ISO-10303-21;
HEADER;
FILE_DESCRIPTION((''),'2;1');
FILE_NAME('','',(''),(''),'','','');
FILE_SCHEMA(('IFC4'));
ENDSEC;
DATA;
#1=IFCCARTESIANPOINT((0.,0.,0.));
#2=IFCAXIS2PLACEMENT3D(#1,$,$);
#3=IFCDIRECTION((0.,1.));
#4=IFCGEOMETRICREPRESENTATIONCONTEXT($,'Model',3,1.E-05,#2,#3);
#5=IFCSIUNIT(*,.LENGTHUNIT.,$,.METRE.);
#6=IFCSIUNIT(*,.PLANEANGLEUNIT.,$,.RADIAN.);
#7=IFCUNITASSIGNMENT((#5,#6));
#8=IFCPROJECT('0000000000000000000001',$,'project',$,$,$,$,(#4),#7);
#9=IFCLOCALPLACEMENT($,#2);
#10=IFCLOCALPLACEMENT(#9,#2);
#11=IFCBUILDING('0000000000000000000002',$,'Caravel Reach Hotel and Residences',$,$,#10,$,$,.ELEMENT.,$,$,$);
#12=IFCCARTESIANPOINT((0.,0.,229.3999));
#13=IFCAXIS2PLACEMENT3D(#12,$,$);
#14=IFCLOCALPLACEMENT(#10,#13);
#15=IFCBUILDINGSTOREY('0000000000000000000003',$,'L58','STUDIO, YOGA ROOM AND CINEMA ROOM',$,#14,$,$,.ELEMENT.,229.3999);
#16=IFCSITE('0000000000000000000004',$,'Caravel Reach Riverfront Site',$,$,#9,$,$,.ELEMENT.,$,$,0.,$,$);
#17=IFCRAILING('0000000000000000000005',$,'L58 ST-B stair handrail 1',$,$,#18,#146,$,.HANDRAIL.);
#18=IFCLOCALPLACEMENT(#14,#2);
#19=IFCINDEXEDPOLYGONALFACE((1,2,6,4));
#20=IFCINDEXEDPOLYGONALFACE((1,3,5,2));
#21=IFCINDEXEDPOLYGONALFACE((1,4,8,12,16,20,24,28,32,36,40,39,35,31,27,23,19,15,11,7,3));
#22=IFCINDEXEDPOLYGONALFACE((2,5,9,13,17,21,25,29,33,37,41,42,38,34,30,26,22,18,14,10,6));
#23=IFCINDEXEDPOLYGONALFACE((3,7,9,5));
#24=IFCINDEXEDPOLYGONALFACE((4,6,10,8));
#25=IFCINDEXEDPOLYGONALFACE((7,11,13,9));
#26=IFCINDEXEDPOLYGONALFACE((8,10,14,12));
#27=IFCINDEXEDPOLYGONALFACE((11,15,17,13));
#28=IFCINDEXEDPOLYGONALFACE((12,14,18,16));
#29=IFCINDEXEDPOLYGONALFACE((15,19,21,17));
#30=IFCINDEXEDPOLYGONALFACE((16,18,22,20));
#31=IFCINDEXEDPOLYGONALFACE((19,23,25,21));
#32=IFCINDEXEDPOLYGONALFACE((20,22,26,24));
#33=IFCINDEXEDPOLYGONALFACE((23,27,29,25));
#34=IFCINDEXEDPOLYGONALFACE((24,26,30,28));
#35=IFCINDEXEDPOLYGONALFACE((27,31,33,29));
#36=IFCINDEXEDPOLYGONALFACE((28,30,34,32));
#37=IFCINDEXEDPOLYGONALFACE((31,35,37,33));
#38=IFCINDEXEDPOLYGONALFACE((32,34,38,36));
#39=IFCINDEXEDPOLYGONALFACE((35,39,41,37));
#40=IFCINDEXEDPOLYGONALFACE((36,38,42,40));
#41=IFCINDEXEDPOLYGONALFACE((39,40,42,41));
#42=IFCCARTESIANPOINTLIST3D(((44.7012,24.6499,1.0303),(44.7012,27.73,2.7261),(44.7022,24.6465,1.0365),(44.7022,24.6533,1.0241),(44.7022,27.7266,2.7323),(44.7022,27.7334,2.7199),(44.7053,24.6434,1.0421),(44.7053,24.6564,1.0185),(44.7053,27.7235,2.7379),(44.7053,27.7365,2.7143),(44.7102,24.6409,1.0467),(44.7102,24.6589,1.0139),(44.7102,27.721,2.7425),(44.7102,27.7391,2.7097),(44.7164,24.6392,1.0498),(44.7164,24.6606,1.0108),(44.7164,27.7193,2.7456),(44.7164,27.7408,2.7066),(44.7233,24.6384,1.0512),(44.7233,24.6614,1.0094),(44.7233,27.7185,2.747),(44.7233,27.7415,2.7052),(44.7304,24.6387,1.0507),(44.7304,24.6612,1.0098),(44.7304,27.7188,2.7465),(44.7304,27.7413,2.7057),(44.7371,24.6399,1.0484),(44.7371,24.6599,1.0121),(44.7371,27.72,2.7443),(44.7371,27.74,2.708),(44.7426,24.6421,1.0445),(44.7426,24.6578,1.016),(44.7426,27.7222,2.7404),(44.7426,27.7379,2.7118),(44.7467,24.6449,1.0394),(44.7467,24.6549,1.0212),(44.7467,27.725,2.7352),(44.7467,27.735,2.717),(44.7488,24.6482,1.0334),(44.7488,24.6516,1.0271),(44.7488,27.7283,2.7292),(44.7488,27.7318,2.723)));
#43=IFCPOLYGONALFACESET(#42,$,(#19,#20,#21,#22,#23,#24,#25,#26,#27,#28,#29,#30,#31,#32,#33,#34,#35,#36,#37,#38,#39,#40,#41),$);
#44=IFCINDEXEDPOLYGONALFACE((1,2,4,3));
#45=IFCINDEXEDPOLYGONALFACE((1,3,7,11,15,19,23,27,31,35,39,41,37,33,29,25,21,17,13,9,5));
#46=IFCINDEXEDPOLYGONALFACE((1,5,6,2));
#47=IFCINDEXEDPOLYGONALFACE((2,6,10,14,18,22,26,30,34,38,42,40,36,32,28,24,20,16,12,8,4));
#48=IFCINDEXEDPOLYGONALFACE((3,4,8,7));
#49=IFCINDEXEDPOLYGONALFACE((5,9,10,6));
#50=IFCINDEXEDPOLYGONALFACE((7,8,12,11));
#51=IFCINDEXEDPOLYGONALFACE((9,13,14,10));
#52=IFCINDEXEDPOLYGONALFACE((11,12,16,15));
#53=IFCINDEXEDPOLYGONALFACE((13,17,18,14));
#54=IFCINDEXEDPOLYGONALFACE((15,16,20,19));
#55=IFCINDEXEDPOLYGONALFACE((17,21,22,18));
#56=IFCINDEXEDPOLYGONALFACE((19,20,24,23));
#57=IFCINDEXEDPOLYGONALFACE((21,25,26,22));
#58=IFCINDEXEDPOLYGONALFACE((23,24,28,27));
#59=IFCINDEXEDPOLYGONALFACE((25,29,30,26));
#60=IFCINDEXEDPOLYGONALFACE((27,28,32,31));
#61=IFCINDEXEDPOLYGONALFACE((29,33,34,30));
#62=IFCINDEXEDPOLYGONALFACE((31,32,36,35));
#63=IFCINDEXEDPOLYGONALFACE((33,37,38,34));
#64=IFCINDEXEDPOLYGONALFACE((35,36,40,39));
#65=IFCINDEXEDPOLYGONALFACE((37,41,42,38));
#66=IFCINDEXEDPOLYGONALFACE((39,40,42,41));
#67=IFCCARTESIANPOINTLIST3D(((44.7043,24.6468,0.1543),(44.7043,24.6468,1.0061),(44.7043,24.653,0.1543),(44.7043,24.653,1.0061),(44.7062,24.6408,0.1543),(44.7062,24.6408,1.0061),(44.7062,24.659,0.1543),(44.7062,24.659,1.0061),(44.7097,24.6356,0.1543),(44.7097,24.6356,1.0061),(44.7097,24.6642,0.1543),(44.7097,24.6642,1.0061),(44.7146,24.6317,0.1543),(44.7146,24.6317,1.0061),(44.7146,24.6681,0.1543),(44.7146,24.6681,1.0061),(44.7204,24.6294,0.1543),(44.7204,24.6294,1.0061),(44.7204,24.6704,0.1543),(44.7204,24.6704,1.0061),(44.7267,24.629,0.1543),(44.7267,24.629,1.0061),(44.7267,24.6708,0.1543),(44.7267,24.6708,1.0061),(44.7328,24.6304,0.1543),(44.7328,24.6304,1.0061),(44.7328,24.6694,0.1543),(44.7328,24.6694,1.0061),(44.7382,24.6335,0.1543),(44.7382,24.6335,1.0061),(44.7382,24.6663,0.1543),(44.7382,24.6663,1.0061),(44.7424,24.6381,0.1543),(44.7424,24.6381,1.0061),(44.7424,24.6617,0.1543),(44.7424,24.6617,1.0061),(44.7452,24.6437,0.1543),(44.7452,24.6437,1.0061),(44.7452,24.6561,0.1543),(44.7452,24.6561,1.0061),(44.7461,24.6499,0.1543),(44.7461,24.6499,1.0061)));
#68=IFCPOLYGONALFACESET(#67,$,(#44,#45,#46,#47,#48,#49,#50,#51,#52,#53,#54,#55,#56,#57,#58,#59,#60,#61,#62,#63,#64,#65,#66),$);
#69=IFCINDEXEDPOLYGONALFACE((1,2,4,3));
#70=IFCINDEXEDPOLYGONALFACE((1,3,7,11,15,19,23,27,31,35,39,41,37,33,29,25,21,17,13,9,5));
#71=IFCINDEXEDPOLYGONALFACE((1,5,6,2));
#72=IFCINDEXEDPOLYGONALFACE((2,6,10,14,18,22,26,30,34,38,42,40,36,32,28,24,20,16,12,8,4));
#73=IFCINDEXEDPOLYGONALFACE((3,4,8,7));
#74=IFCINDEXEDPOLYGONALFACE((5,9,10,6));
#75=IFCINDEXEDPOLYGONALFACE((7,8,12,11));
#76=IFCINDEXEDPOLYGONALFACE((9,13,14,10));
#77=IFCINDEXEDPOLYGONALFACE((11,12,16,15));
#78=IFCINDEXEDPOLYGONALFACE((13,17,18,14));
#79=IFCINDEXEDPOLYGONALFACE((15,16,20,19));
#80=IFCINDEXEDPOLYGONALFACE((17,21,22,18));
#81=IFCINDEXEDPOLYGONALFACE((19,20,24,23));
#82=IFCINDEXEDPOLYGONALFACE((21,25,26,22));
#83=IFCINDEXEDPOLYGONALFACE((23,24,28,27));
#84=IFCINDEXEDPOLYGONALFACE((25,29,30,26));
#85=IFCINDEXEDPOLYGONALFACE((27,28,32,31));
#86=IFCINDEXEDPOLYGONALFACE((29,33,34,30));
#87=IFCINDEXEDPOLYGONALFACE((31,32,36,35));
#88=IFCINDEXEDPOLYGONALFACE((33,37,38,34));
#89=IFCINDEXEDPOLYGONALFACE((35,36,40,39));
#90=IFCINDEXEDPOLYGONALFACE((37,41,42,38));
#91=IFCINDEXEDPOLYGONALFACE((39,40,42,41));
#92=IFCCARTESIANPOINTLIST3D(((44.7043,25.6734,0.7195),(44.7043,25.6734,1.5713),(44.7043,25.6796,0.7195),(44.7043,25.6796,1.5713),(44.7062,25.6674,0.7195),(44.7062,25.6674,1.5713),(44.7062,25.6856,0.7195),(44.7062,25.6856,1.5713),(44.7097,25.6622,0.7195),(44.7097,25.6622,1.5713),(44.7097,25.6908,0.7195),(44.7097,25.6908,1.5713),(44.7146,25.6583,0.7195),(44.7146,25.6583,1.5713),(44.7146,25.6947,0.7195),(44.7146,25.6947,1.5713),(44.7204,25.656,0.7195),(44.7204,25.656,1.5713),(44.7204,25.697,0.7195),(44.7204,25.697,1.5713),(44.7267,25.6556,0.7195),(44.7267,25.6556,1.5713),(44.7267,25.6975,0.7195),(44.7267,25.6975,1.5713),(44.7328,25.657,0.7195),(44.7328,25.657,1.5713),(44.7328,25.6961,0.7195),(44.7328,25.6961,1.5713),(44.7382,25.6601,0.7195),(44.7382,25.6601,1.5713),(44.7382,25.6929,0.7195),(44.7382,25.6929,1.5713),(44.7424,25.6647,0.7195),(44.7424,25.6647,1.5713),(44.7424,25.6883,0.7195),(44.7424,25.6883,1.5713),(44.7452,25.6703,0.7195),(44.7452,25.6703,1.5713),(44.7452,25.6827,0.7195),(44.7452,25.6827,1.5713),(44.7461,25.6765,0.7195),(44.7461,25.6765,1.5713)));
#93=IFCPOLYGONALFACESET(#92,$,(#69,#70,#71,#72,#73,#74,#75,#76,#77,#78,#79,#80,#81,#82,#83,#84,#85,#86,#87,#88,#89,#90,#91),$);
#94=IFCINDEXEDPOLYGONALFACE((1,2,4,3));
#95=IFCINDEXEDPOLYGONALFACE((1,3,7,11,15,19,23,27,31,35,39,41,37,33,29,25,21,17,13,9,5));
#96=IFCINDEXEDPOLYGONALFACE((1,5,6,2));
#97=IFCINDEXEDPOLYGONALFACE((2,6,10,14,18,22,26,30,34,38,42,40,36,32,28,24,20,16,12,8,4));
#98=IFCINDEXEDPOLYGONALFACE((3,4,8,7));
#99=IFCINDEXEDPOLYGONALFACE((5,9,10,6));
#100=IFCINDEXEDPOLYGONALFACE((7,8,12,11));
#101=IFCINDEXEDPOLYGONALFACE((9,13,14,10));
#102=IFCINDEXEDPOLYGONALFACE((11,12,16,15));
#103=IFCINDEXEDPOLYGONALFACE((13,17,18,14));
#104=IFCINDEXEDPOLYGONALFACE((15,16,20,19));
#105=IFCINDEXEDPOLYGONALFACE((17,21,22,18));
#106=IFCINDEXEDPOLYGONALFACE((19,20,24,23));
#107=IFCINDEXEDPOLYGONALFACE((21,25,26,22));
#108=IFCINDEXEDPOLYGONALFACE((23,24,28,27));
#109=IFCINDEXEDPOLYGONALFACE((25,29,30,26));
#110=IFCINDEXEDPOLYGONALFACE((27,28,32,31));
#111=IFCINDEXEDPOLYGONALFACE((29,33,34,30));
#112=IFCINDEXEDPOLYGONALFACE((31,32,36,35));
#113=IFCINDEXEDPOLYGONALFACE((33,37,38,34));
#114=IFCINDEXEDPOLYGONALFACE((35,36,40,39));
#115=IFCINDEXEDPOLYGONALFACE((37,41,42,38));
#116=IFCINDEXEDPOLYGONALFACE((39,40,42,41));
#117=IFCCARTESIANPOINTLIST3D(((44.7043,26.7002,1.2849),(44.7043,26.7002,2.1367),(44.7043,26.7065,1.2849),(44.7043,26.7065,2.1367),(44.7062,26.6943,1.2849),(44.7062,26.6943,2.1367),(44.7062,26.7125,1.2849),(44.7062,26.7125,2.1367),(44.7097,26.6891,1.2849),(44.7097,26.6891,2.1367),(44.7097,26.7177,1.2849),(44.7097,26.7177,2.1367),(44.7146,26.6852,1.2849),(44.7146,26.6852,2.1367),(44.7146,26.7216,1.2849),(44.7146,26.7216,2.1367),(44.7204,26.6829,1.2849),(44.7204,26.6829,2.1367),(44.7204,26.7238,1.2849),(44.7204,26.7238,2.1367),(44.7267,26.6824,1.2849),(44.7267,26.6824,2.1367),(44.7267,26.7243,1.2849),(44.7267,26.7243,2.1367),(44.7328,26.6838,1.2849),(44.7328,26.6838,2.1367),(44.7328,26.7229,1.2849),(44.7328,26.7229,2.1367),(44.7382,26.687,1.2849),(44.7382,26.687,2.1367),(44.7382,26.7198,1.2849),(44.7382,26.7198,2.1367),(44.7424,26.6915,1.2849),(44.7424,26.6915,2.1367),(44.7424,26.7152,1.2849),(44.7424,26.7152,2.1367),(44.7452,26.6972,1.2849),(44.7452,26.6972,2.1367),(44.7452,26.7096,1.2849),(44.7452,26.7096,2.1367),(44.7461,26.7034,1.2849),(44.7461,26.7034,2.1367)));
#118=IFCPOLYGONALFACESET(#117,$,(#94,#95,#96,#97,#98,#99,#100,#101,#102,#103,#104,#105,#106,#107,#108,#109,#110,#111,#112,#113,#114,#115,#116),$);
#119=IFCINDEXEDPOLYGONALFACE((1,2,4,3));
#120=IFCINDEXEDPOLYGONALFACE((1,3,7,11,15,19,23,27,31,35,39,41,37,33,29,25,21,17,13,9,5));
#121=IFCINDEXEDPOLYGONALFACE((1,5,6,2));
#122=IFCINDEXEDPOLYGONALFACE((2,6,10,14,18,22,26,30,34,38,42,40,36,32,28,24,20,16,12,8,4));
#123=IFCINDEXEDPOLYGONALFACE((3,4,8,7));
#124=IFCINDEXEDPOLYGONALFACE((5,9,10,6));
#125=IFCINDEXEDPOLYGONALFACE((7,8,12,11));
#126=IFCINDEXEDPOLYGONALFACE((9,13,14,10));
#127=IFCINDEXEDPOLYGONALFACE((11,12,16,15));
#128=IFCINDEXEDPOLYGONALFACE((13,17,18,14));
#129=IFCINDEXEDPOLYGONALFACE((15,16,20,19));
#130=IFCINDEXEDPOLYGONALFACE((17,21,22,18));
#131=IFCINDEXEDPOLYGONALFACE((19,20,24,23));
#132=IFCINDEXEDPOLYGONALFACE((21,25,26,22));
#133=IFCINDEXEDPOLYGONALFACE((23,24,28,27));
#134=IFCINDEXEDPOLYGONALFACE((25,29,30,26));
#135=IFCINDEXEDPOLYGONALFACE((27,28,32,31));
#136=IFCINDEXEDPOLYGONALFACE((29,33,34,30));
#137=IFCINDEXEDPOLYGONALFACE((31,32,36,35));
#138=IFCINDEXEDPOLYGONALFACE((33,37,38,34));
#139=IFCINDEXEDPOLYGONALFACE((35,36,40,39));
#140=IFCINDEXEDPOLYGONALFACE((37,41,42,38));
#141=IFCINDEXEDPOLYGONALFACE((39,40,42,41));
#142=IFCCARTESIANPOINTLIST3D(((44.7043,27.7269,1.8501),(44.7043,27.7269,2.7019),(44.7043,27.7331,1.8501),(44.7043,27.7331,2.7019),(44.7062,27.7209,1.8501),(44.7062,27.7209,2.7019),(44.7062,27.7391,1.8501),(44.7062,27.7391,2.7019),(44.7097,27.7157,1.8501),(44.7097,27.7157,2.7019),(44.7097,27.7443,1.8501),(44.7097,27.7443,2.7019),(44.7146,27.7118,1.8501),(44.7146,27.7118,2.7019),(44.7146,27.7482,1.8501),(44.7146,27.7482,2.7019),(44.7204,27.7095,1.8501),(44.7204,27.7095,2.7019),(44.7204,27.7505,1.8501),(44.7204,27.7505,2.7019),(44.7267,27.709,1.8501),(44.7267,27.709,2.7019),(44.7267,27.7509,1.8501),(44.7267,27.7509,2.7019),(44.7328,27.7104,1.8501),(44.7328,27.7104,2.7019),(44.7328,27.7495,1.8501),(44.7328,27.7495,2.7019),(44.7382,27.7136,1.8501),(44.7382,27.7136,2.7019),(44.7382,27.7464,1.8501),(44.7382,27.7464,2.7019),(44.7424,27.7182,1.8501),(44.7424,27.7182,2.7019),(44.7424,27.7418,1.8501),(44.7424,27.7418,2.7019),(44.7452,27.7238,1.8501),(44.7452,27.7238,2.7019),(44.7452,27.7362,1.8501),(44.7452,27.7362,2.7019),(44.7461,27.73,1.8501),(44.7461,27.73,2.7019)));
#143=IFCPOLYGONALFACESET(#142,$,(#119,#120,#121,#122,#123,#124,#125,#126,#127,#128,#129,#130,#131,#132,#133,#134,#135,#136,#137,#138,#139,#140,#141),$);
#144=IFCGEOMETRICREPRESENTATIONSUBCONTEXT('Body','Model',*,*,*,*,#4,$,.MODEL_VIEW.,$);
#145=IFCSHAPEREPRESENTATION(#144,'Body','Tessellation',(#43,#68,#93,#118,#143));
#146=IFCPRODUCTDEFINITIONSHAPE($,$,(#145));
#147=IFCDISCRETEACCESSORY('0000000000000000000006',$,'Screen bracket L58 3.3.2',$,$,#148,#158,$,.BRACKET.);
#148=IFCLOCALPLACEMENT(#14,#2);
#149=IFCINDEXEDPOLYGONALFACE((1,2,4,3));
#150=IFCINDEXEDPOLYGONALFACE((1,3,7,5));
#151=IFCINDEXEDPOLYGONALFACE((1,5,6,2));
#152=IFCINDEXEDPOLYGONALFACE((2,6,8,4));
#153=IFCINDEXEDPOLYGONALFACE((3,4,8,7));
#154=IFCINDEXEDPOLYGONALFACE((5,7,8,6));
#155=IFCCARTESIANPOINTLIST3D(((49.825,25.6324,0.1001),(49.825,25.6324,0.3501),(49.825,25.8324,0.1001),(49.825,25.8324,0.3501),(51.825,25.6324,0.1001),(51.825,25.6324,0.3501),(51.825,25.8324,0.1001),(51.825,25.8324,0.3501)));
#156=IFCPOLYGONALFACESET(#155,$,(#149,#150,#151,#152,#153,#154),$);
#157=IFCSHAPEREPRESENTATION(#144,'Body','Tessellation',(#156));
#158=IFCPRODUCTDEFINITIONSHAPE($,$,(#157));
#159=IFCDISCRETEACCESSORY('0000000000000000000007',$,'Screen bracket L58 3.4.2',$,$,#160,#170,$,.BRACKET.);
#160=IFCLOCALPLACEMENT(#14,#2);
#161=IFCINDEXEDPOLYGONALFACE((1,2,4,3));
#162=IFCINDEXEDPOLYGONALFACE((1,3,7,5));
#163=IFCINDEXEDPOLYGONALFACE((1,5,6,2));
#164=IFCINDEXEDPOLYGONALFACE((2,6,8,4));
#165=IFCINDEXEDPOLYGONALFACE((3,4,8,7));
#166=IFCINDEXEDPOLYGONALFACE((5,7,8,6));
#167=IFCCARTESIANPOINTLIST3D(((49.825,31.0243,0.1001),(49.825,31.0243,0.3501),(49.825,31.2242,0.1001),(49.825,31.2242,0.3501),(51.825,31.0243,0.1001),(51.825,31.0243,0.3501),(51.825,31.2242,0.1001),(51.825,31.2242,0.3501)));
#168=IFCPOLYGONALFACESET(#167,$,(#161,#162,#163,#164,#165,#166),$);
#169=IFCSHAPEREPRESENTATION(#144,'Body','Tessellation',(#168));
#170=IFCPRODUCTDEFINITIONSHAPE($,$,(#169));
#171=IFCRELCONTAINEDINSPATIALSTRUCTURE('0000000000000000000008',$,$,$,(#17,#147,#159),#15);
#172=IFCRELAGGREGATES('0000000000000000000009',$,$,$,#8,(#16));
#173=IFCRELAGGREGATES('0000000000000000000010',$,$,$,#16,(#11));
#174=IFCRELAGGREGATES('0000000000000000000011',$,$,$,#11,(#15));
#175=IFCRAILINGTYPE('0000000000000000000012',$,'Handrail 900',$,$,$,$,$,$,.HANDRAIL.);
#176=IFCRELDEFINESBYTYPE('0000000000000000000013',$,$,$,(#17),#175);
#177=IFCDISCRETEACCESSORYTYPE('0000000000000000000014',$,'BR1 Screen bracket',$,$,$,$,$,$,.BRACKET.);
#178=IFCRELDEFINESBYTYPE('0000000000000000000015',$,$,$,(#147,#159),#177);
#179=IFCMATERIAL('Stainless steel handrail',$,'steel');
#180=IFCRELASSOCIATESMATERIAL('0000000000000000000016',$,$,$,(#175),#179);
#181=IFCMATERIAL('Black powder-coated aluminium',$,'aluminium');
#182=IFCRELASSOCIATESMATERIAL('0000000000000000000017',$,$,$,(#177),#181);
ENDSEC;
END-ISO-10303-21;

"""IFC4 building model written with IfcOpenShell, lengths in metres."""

from ifc_helpers import new_model, si_unit, direction, frame, origin, origin_2d, place, context, subcontext, project, spatial, rectangle, circle, extrude, material, type_object, element, save


model = new_model("IFC4")

# Units and contexts
model_context = context("Model", 3, precision=1e-05, world=origin(), true_north=direction((0.0, 1.0)))
body_context = subcontext(model_context, "Body", "Model", "MODEL_VIEW")
ifc_project = project(units=[si_unit("LENGTHUNIT", "METRE"), si_unit("PLANEANGLEUNIT", "RADIAN")], contexts=[model_context])

# Site, building, storey
site_placement = place(None, origin())
site = spatial("IfcSite", under=ifc_project, at=site_placement, Name="Caravel Reach Riverfront Site", CompositionType="ELEMENT", RefElevation=0.0)
building_placement = place(site_placement, origin())
building = spatial("IfcBuilding", under=site, at=building_placement, Name="Caravel Reach Hotel and Residences", CompositionType="ELEMENT")
storey_placement = place(building_placement, frame((0.0, 0.0, 229.3999)))
storey = spatial("IfcBuildingStorey", under=building, at=storey_placement, Name="L58", Description="STUDIO, YOGA ROOM AND CINEMA ROOM", CompositionType="ELEMENT", Elevation=229.3999)

# Railing
ifc_material_1 = material(Name="Stainless steel handrail", Category="steel")
railing_type_1 = type_object("IfcRailingType", Name="Handrail 900", PredefinedType="HANDRAIL", material=ifc_material_1)
railing_1_placement = place(storey_placement, frame((44.7251, 24.6499, 0.1543)))
element("IfcRailing", 1, at=railing_1_placement, inside=storey, type_object=railing_type_1, Name="L58 ST-B stair handrail 1", PredefinedType="HANDRAIL", context=body_context, shape_type="SweptSolid", body=[
    extrude(circle(Radius=0.0239, at=origin_2d()), frame((0.0, 0.0, 0.876), z_axis=(0.0, 0.876005, 0.482303), x_axis=(-1.0, 0.0, 0.0)), (0.0, 0.0, 1.0), 3.5161),
    extrude(circle(Radius=0.021, at=origin_2d()), origin(), (0.0, 0.0, 1.0), 0.8518),
    extrude(circle(Radius=0.021, at=origin_2d()), frame((0.0, 1.0266, 0.5652)), (0.0, 0.0, 1.0), 0.8518),
    extrude(circle(Radius=0.021, at=origin_2d()), frame((0.0, 2.0535, 1.1306)), (0.0, 0.0, 1.0), 0.8518),
    extrude(circle(Radius=0.021, at=origin_2d()), frame((0.0, 3.0801, 1.6958)), (0.0, 0.0, 1.0), 0.8518),
])

# Discrete accessories
ifc_material_2 = material(Name="Black powder-coated aluminium", Category="aluminium")
discrete_accessory_type = type_object("IfcDiscreteAccessoryType", Name="BR1 Screen bracket", PredefinedType="BRACKET", material=ifc_material_2)
for number, where, z_axis, x_axis, name in (
    (2, (50.825, 25.7324, 0.1001), (0.0, 0.0, 1.0), (1.0, 0.0, 0.0), "Screen bracket L58 3.3.2"),
    (3, (50.825, 31.1243, 0.1001), (0.0, 0.0, 1.0), (1.0, 0.0, 0.0), "Screen bracket L58 3.4.2"),
):
    element("IfcDiscreteAccessory", number, at=place(storey_placement, frame(where, z_axis=z_axis, x_axis=x_axis)), inside=storey, type_object=discrete_accessory_type, Name=name, PredefinedType="BRACKET", context=body_context, shape_type="SweptSolid", body=[
        extrude(rectangle(XDim=2.0, YDim=0.2, at=origin_2d()), origin(), (0.0, 0.0, 1.0), 0.25),
    ])

save(model, "model.ifc")
